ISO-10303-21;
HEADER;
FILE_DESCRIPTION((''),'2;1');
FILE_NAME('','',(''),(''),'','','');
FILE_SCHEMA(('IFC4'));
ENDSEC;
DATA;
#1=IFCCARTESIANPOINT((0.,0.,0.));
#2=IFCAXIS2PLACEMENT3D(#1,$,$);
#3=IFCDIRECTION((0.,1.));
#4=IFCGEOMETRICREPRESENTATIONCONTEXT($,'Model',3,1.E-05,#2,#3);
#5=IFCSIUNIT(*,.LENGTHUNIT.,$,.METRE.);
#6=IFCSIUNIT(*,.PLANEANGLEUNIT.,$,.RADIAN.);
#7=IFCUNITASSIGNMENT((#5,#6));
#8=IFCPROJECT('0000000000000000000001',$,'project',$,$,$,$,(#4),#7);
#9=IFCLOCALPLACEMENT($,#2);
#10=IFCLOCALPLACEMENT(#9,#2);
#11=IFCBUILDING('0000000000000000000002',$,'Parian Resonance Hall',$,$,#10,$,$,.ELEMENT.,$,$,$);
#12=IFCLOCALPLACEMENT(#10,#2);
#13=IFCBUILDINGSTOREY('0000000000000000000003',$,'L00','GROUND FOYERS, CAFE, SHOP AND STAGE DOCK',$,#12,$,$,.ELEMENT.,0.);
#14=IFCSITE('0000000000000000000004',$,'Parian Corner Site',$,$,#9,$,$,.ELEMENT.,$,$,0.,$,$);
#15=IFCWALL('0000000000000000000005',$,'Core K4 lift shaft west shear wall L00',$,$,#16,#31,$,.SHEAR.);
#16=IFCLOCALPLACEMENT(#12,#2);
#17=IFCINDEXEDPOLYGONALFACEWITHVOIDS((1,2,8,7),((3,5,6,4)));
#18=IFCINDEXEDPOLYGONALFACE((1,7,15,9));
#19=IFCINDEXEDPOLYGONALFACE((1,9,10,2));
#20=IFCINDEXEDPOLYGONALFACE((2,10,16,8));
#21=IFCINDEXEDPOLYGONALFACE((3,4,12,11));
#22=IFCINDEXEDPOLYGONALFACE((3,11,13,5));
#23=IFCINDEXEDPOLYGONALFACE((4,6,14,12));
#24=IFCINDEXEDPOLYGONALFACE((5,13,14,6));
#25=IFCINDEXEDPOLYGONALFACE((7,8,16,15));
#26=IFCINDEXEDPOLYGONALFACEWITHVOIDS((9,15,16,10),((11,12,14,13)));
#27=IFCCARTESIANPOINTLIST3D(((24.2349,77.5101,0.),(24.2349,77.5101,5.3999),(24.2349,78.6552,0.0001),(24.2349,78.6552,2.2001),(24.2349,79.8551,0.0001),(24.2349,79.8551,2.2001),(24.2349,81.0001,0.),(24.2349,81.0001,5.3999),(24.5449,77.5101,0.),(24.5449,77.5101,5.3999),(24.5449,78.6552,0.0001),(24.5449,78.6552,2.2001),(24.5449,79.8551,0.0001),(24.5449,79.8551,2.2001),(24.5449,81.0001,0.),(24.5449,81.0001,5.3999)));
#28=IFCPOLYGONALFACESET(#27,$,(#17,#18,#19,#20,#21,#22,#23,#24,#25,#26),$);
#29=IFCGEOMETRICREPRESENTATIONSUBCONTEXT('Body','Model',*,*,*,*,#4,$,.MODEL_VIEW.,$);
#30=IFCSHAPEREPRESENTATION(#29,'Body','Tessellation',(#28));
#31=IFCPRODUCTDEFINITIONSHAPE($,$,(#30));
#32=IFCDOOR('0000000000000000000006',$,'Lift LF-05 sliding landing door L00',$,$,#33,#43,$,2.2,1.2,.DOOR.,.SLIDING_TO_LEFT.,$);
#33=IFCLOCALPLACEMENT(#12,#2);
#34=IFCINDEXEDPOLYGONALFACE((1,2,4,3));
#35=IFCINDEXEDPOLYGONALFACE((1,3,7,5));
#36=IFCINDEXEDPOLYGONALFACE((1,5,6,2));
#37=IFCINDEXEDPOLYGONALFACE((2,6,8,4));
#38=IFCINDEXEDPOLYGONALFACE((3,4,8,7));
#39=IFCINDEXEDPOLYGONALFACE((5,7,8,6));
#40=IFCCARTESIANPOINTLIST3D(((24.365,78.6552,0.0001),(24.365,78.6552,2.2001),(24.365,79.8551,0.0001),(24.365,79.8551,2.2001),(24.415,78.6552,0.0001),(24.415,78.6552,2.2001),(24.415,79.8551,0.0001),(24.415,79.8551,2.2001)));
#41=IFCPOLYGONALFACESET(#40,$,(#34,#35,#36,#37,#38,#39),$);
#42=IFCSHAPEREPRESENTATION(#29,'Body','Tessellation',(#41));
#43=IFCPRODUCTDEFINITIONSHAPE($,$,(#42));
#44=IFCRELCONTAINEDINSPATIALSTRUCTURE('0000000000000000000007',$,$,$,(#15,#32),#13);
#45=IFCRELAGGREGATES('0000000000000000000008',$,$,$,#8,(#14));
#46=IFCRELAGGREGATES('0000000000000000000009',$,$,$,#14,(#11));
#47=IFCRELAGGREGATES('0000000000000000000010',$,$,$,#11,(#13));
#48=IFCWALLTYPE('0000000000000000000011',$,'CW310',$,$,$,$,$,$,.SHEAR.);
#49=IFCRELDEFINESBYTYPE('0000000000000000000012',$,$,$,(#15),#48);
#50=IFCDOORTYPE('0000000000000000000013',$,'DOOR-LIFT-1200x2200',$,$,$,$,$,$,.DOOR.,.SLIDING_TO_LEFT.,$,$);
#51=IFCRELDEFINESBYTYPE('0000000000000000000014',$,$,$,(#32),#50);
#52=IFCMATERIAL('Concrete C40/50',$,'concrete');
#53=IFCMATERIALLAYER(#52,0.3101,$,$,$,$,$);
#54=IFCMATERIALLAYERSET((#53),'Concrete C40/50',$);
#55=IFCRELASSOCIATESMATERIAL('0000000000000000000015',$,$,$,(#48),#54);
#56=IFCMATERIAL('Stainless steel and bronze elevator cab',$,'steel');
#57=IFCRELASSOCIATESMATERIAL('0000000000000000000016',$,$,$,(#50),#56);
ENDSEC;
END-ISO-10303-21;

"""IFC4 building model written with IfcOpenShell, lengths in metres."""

from ifc_helpers import new_model, si_unit, direction, frame, frame_2d, origin, place, context, subcontext, project, spatial, rectangle, extrude, material, layer, layer_set, type_object, element, fill, save


model = new_model("IFC4")

# Units and contexts
model_context = context("Model", 3, precision=1e-05, world=origin(), true_north=direction((0.0, 1.0)))
body_context = subcontext(model_context, "Body", "Model", "MODEL_VIEW")
ifc_project = project(units=[si_unit("LENGTHUNIT", "METRE"), si_unit("PLANEANGLEUNIT", "RADIAN")], contexts=[model_context])

# Site, building, storey
site_placement = place(None, origin())
site = spatial("IfcSite", under=ifc_project, at=site_placement, Name="Parian Corner Site", CompositionType="ELEMENT", RefElevation=0.0)
building_placement = place(site_placement, origin())
building = spatial("IfcBuilding", under=site, at=building_placement, Name="Parian Resonance Hall", CompositionType="ELEMENT")
storey_placement = place(building_placement, origin())
storey = spatial("IfcBuildingStorey", under=building, at=storey_placement, Name="L00", Description="GROUND FOYERS, CAFE, SHOP AND STAGE DOCK", CompositionType="ELEMENT", Elevation=0.0)

# Wall, opening, door
ifc_material_1 = material(Name="Concrete C40/50", Category="concrete")
ifc_layer_1 = layer(ifc_material_1, 0.3101)
ifc_layer_set_1 = layer_set([ifc_layer_1], Name="Concrete C40/50")
wall_type_1 = type_object("IfcWallType", Name="CW310", PredefinedType="SHEAR", material=ifc_layer_set_1)
wall_1_placement = place(storey_placement, frame((24.3899, 77.51, 0.0), z_axis=(0.0, 0.0, 1.0), x_axis=(0.0, 1.0, 0.0)))
wall_1 = element("IfcWall", 1, at=wall_1_placement, inside=storey, type_object=wall_type_1, Name="Core K4 lift shaft west shear wall L00", PredefinedType="SHEAR", context=body_context, shape_type="SweptSolid", body=[
    extrude(rectangle(XDim=3.49, YDim=0.3101, at=frame_2d((1.7451, 0.0))), origin(), (0.0, 0.0, 1.0), 5.3999),
])
opening_1_placement = place(wall_1_placement, frame((1.145, 0.0, 0.0)))
opening_1 = element("IfcOpeningElement", 2, at=opening_1_placement, cuts=wall_1, PredefinedType="OPENING", context=body_context, shape_type="SweptSolid", body=[
    extrude(rectangle(XDim=1.2, YDim=2.2, at=frame_2d((0.6001, 1.1001))), frame((0.0, 0.165, 0.0), z_axis=(0.0, -1.0, 0.0), x_axis=(1.0, 0.0, 0.0)), (0.0, 0.0, 1.0), 0.3301),
])
ifc_material_2 = material(Name="Stainless steel and bronze elevator cab", Category="steel")
door_type_1 = type_object("IfcDoorType", Name="DOOR-LIFT-1200x2200", OperationType="SLIDING_TO_LEFT", PredefinedType="DOOR", material=ifc_material_2)
door_1_placement = place(opening_1_placement, origin())
door_1 = element("IfcDoor", 3, at=door_1_placement, inside=storey, type_object=door_type_1, Name="Lift LF-05 sliding landing door L00", OperationType="SLIDING_TO_LEFT", OverallHeight=2.2, OverallWidth=1.2, PredefinedType="DOOR", context=body_context, shape_type="SweptSolid", body=[
    extrude(rectangle(XDim=1.2, YDim=2.2, at=frame_2d((0.6001, 1.1001))), frame((0.0, 0.0249, 0.0), z_axis=(0.0, -1.0, 0.0), x_axis=(1.0, 0.0, 0.0)), (0.0, 0.0, 1.0), 0.05),
])
fill(opening_1, door_1)

save(model, "model.ifc")
